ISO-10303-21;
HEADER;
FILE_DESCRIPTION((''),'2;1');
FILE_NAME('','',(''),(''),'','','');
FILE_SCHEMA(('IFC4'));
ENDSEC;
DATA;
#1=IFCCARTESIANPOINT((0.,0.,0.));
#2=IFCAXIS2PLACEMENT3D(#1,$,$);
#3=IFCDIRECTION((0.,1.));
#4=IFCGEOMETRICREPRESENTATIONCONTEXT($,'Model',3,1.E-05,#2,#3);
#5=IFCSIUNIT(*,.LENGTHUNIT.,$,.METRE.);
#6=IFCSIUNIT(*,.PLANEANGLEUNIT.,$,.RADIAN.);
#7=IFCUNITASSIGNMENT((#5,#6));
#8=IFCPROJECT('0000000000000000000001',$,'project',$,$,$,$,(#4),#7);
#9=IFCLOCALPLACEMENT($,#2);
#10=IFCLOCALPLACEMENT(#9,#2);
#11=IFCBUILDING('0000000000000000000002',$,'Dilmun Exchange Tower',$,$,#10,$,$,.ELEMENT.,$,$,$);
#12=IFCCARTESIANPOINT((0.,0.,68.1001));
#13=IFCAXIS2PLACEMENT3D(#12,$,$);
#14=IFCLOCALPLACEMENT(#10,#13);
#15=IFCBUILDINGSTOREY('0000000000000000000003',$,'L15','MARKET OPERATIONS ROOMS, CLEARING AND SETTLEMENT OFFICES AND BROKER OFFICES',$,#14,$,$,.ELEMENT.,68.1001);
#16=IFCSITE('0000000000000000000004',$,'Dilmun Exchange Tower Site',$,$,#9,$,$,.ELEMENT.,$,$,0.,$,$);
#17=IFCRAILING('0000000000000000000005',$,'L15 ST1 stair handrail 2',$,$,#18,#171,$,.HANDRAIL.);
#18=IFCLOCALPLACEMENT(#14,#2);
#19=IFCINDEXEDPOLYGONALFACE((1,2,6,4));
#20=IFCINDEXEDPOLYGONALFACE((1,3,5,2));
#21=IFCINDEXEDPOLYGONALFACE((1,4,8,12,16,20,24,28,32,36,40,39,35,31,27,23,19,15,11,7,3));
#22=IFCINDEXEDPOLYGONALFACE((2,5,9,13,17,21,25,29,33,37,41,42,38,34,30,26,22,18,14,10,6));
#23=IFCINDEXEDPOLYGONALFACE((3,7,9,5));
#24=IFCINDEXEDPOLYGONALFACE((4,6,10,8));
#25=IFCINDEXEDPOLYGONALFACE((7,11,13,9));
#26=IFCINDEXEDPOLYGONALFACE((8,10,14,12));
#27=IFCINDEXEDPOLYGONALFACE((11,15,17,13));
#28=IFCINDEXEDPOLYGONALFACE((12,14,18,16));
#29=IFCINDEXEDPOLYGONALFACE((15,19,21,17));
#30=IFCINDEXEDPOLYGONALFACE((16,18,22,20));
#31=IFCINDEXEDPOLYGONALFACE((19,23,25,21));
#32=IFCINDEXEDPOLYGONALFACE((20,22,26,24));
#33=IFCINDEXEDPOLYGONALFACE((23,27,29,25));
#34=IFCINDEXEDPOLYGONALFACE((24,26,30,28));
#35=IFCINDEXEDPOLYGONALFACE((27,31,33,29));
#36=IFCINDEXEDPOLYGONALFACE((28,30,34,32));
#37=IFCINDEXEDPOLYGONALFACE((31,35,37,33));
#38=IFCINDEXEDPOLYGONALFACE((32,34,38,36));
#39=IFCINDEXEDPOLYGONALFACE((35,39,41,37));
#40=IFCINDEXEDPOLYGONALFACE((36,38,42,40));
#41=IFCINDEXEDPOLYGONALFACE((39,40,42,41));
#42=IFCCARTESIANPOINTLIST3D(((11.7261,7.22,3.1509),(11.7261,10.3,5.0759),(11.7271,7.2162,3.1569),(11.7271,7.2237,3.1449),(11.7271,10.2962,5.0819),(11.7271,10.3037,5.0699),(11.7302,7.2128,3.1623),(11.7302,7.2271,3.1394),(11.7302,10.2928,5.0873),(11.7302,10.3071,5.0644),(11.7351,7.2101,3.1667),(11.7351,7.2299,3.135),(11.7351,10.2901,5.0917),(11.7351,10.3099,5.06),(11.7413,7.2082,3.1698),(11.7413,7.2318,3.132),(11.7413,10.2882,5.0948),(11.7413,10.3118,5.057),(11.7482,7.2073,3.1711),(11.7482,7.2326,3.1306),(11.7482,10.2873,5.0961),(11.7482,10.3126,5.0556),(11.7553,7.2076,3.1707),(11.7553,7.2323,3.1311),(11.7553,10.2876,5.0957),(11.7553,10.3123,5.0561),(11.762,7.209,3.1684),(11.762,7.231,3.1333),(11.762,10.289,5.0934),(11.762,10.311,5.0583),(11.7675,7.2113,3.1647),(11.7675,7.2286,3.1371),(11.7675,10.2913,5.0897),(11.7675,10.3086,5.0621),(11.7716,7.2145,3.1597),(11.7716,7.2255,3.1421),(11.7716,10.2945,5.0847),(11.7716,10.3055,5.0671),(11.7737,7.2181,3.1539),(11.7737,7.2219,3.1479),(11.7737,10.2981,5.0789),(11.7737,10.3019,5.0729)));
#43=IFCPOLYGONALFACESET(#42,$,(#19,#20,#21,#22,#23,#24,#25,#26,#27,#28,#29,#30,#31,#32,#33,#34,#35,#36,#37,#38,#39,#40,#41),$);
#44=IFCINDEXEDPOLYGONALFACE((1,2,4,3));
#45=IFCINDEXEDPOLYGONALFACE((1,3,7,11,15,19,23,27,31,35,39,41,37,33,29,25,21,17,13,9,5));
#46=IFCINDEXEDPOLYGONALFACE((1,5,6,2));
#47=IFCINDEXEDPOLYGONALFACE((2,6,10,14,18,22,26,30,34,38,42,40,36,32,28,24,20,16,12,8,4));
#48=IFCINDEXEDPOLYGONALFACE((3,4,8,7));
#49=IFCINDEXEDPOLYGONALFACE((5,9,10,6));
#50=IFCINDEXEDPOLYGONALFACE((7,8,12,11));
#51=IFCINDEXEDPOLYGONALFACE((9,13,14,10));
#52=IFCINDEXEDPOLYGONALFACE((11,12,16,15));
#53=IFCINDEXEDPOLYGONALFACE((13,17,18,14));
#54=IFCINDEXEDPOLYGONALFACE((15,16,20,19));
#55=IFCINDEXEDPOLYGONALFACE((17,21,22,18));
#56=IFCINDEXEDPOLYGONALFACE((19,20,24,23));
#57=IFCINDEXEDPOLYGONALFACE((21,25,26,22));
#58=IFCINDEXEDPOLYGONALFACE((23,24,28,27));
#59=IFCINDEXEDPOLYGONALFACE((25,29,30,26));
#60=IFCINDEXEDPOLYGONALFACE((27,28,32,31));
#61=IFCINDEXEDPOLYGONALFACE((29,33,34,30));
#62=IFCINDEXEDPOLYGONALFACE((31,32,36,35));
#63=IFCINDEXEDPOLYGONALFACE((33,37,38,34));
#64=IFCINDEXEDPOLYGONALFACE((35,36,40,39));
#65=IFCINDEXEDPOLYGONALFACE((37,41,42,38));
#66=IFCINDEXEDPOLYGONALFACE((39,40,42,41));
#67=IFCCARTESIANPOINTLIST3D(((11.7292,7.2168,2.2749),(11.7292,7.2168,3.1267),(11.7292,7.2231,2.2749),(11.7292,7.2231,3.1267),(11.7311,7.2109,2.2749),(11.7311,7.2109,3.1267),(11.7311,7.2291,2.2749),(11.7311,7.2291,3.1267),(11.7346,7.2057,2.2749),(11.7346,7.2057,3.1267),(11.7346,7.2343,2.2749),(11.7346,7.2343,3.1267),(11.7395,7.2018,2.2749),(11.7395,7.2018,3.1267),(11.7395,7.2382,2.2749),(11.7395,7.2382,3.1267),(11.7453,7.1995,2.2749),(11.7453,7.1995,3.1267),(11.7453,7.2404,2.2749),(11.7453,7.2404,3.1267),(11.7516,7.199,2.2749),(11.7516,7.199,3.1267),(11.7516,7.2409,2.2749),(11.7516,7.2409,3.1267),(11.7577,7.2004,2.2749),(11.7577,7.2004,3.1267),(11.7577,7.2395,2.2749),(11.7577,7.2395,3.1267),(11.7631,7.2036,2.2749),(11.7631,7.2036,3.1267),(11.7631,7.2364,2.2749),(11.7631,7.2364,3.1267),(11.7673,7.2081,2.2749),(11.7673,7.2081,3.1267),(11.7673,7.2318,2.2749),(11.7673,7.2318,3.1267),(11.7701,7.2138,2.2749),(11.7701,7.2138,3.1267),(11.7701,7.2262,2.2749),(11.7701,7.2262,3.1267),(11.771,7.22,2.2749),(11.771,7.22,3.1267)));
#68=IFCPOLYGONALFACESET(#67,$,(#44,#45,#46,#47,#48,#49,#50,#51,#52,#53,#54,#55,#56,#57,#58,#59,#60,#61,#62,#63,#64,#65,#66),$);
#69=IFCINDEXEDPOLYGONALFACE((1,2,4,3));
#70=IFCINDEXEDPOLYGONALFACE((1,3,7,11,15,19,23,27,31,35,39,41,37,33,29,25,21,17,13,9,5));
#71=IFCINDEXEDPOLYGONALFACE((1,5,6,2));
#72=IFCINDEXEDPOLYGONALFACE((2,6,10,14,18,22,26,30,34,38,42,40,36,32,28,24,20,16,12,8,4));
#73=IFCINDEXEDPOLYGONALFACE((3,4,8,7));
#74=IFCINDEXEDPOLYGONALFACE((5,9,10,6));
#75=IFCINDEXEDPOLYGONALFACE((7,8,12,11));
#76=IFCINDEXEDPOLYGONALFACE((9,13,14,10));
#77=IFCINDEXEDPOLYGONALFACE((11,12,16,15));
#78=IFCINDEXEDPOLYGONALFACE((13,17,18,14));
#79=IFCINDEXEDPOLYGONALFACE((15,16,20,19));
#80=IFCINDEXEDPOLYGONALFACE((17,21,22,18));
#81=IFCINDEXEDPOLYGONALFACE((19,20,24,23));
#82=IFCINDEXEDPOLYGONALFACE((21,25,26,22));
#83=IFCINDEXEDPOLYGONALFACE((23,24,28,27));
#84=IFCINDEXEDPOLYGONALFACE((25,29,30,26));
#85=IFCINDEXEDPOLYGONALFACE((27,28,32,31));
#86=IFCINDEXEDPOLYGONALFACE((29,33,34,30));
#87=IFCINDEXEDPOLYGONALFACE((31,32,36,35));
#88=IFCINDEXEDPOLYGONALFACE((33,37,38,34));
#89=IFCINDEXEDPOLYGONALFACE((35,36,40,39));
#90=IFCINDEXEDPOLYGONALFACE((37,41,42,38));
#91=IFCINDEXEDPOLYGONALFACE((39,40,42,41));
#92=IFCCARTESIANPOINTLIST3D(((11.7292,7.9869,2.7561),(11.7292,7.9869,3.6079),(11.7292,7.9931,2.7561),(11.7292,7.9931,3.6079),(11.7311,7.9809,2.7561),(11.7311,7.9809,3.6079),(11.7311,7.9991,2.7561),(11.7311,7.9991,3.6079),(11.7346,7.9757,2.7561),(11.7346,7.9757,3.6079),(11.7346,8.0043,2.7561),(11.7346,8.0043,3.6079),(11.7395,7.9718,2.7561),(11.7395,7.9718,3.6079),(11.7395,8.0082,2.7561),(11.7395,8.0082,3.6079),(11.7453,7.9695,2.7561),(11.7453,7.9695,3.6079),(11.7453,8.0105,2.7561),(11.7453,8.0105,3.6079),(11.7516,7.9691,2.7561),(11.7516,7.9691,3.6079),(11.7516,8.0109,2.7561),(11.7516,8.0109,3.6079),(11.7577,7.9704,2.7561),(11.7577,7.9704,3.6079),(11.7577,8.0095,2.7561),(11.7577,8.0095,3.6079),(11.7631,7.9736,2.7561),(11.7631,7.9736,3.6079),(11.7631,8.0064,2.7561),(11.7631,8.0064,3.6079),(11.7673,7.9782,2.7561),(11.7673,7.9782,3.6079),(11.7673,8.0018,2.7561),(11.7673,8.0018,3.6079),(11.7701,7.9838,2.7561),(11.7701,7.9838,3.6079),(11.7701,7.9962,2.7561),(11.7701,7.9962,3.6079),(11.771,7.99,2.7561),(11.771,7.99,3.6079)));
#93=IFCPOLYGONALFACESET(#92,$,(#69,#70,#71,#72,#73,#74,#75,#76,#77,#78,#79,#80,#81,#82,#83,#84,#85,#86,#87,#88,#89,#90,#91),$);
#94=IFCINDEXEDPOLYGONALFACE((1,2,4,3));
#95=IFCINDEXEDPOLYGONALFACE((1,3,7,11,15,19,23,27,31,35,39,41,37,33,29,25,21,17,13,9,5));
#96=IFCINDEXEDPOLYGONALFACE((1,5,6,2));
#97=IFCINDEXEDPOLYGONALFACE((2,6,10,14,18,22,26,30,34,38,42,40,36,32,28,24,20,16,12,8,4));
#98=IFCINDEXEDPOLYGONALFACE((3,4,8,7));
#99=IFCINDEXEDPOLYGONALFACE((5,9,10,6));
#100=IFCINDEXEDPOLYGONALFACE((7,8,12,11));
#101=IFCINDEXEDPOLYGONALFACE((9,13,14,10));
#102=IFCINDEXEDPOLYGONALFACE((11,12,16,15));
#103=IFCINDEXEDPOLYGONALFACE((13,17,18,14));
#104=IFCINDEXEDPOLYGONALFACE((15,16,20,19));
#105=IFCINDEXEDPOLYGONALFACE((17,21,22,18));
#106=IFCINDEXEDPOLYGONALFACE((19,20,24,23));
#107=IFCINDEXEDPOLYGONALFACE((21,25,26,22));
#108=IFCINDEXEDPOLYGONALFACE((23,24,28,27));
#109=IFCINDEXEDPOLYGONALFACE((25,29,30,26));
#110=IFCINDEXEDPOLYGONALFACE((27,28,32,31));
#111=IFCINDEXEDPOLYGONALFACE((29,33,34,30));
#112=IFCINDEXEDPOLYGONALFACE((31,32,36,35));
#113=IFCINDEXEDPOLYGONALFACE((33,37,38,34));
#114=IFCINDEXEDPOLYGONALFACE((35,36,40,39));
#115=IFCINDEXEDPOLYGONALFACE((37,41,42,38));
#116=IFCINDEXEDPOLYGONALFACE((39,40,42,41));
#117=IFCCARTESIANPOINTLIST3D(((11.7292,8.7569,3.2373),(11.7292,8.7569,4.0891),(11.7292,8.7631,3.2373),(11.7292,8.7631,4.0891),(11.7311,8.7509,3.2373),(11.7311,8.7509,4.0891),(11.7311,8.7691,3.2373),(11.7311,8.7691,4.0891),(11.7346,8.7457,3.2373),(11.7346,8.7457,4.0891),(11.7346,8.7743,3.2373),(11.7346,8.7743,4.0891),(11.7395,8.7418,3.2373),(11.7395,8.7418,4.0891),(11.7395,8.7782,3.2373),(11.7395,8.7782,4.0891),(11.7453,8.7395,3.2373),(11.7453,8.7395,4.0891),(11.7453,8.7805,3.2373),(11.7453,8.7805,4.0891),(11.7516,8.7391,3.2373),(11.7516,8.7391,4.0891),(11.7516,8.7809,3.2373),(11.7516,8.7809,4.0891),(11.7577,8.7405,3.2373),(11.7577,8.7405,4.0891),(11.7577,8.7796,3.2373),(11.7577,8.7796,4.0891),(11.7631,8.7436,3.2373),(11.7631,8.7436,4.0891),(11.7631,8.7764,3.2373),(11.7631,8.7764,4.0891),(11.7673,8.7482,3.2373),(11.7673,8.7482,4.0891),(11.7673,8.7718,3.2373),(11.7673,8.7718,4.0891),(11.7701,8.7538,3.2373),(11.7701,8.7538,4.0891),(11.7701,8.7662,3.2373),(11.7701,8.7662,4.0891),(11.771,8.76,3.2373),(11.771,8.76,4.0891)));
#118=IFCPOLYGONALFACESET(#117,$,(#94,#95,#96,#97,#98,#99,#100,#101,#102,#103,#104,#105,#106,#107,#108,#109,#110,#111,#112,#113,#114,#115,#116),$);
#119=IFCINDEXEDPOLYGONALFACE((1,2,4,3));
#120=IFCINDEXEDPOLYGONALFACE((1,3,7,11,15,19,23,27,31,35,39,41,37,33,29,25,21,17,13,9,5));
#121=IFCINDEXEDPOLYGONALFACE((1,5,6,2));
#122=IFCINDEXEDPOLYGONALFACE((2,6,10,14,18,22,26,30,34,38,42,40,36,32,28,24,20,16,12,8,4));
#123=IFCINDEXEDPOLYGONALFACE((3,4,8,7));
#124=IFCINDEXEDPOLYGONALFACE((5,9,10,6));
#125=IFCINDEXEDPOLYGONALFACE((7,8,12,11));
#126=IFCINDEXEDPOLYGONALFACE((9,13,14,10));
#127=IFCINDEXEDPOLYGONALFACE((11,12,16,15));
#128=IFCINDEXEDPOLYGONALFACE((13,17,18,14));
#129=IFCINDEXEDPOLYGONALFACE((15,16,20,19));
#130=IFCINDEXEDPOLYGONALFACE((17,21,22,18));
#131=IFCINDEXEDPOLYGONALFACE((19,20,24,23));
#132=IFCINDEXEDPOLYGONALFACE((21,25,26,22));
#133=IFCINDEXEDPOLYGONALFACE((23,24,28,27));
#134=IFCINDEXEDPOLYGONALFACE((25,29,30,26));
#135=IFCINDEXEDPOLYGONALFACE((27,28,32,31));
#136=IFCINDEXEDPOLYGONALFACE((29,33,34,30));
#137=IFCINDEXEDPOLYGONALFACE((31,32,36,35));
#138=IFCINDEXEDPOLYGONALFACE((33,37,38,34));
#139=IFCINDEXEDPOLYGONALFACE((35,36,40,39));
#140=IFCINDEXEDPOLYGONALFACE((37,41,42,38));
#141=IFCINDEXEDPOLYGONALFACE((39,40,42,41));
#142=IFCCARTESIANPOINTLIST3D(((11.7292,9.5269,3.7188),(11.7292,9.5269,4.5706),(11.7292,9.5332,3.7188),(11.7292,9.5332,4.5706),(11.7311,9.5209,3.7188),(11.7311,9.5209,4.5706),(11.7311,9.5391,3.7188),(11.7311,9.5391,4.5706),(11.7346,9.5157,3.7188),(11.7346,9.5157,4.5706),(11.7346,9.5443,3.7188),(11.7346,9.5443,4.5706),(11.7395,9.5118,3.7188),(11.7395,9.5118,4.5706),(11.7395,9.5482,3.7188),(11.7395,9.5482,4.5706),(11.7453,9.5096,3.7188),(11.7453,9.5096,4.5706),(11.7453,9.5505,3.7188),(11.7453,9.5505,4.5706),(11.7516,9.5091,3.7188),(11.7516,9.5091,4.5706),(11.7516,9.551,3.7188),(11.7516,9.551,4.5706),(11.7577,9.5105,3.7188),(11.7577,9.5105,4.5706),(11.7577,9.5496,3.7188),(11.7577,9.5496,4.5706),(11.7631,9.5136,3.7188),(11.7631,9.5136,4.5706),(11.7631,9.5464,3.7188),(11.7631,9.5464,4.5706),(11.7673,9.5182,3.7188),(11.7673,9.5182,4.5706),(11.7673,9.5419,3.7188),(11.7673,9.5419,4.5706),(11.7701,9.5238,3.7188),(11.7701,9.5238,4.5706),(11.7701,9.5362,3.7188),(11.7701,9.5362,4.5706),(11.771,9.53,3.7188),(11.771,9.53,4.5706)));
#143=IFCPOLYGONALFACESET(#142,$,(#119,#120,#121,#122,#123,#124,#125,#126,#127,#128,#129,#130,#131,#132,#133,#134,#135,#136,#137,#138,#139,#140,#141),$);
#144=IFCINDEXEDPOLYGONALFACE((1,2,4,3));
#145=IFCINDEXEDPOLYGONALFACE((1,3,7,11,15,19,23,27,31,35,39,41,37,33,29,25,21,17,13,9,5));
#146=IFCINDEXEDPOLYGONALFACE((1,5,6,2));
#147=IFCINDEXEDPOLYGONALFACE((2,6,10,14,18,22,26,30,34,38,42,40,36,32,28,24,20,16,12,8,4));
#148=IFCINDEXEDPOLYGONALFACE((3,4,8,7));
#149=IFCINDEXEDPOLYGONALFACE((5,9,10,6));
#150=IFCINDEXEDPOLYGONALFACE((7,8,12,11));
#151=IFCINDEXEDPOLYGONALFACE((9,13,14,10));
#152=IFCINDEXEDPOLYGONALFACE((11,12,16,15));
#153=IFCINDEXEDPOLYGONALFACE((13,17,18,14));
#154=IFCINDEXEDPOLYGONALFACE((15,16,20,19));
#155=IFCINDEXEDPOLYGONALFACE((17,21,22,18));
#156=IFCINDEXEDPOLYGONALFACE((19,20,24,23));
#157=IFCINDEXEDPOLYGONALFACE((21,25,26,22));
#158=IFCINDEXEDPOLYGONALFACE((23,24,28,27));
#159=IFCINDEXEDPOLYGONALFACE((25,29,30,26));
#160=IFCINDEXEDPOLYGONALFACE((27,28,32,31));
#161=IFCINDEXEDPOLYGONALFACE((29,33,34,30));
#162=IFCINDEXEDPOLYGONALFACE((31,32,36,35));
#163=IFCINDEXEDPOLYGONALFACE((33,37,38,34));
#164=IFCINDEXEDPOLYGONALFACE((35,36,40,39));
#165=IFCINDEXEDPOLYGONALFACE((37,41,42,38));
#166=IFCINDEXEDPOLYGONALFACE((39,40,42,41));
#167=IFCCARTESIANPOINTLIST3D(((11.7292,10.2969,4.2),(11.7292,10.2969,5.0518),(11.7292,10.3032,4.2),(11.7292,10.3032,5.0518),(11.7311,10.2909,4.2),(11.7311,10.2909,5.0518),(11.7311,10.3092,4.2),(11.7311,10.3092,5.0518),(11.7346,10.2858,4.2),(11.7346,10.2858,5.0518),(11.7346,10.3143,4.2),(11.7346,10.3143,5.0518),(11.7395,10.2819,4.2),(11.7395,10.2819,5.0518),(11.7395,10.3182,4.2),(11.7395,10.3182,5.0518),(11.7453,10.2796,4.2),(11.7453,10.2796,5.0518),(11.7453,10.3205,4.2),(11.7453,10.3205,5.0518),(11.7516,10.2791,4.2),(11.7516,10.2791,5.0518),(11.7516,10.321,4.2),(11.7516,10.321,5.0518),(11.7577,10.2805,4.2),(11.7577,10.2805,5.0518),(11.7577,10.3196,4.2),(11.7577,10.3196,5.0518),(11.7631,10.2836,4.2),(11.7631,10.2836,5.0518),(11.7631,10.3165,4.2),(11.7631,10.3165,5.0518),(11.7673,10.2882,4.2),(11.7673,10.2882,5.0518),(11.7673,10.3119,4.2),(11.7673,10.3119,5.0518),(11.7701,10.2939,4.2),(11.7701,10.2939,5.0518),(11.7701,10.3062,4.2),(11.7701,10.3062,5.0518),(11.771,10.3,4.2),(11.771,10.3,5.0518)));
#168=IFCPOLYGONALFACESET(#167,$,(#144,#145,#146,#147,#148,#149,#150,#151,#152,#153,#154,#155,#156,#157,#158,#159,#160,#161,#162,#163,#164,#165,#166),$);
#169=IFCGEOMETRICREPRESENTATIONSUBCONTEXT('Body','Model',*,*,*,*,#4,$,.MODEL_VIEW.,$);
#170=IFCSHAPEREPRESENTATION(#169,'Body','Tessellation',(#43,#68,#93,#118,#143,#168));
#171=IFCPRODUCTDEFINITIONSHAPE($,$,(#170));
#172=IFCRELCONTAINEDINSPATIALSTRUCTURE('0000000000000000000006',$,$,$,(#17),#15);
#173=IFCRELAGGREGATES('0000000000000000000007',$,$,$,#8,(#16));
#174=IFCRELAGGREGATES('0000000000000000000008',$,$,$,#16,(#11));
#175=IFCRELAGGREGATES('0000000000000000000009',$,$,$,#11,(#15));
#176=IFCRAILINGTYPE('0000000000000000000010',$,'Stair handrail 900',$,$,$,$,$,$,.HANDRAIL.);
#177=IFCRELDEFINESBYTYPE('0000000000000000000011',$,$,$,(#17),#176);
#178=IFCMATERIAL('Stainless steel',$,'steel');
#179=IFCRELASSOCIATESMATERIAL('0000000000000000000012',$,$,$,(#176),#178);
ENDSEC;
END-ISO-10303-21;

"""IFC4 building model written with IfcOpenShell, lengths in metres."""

from ifc_helpers import new_model, si_unit, direction, frame, origin, origin_2d, place, context, subcontext, project, spatial, circle, extrude, material, type_object, element, save


model = new_model("IFC4")

# Units and contexts
model_context = context("Model", 3, precision=1e-05, world=origin(), true_north=direction((0.0, 1.0)))
body_context = subcontext(model_context, "Body", "Model", "MODEL_VIEW")
ifc_project = project(units=[si_unit("LENGTHUNIT", "METRE"), si_unit("PLANEANGLEUNIT", "RADIAN")], contexts=[model_context])

# Site, building, storey
site_placement = place(None, origin())
site = spatial("IfcSite", under=ifc_project, at=site_placement, Name="Dilmun Exchange Tower Site", CompositionType="ELEMENT", RefElevation=0.0)
building_placement = place(site_placement, origin())
building = spatial("IfcBuilding", under=site, at=building_placement, Name="Dilmun Exchange Tower", CompositionType="ELEMENT")
storey_placement = place(building_placement, frame((0.0, 0.0, 68.1001)))
storey = spatial("IfcBuildingStorey", under=building, at=storey_placement, Name="L15", Description="MARKET OPERATIONS ROOMS, CLEARING AND SETTLEMENT OFFICES AND BROKER OFFICES", CompositionType="ELEMENT", Elevation=68.1001)

# Railing
ifc_material_1 = material(Name="Stainless steel", Category="steel")
railing_type = type_object("IfcRailingType", Name="Stair handrail 900", PredefinedType="HANDRAIL", material=ifc_material_1)
railing_1_placement = place(storey_placement, frame((11.75, 7.22, 2.2749)))
element("IfcRailing", 1, at=railing_1_placement, inside=storey, type_object=railing_type, Name="L15 ST1 stair handrail 2", PredefinedType="HANDRAIL", context=body_context, shape_type="SweptSolid", body=[
    extrude(circle(Radius=0.0239, at=origin_2d()), frame((0.0, 0.0, 0.876), z_axis=(0.0, 0.847998, 0.529999), x_axis=(-1.0, 0.0, 0.0)), (0.0, 0.0, 1.0), 3.6321),
    extrude(circle(Radius=0.021, at=origin_2d()), origin(), (0.0, 0.0, 1.0), 0.8518),
    extrude(circle(Radius=0.021, at=origin_2d()), frame((0.0, 0.77, 0.4812)), (0.0, 0.0, 1.0), 0.8518),
    extrude(circle(Radius=0.021, at=origin_2d()), frame((0.0, 1.54, 0.9624)), (0.0, 0.0, 1.0), 0.8518),
    extrude(circle(Radius=0.021, at=origin_2d()), frame((0.0, 2.3101, 1.4438)), (0.0, 0.0, 1.0), 0.8518),
    extrude(circle(Radius=0.021, at=origin_2d()), frame((0.0, 3.0801, 1.925)), (0.0, 0.0, 1.0), 0.8518),
])

save(model, "model.ifc")
